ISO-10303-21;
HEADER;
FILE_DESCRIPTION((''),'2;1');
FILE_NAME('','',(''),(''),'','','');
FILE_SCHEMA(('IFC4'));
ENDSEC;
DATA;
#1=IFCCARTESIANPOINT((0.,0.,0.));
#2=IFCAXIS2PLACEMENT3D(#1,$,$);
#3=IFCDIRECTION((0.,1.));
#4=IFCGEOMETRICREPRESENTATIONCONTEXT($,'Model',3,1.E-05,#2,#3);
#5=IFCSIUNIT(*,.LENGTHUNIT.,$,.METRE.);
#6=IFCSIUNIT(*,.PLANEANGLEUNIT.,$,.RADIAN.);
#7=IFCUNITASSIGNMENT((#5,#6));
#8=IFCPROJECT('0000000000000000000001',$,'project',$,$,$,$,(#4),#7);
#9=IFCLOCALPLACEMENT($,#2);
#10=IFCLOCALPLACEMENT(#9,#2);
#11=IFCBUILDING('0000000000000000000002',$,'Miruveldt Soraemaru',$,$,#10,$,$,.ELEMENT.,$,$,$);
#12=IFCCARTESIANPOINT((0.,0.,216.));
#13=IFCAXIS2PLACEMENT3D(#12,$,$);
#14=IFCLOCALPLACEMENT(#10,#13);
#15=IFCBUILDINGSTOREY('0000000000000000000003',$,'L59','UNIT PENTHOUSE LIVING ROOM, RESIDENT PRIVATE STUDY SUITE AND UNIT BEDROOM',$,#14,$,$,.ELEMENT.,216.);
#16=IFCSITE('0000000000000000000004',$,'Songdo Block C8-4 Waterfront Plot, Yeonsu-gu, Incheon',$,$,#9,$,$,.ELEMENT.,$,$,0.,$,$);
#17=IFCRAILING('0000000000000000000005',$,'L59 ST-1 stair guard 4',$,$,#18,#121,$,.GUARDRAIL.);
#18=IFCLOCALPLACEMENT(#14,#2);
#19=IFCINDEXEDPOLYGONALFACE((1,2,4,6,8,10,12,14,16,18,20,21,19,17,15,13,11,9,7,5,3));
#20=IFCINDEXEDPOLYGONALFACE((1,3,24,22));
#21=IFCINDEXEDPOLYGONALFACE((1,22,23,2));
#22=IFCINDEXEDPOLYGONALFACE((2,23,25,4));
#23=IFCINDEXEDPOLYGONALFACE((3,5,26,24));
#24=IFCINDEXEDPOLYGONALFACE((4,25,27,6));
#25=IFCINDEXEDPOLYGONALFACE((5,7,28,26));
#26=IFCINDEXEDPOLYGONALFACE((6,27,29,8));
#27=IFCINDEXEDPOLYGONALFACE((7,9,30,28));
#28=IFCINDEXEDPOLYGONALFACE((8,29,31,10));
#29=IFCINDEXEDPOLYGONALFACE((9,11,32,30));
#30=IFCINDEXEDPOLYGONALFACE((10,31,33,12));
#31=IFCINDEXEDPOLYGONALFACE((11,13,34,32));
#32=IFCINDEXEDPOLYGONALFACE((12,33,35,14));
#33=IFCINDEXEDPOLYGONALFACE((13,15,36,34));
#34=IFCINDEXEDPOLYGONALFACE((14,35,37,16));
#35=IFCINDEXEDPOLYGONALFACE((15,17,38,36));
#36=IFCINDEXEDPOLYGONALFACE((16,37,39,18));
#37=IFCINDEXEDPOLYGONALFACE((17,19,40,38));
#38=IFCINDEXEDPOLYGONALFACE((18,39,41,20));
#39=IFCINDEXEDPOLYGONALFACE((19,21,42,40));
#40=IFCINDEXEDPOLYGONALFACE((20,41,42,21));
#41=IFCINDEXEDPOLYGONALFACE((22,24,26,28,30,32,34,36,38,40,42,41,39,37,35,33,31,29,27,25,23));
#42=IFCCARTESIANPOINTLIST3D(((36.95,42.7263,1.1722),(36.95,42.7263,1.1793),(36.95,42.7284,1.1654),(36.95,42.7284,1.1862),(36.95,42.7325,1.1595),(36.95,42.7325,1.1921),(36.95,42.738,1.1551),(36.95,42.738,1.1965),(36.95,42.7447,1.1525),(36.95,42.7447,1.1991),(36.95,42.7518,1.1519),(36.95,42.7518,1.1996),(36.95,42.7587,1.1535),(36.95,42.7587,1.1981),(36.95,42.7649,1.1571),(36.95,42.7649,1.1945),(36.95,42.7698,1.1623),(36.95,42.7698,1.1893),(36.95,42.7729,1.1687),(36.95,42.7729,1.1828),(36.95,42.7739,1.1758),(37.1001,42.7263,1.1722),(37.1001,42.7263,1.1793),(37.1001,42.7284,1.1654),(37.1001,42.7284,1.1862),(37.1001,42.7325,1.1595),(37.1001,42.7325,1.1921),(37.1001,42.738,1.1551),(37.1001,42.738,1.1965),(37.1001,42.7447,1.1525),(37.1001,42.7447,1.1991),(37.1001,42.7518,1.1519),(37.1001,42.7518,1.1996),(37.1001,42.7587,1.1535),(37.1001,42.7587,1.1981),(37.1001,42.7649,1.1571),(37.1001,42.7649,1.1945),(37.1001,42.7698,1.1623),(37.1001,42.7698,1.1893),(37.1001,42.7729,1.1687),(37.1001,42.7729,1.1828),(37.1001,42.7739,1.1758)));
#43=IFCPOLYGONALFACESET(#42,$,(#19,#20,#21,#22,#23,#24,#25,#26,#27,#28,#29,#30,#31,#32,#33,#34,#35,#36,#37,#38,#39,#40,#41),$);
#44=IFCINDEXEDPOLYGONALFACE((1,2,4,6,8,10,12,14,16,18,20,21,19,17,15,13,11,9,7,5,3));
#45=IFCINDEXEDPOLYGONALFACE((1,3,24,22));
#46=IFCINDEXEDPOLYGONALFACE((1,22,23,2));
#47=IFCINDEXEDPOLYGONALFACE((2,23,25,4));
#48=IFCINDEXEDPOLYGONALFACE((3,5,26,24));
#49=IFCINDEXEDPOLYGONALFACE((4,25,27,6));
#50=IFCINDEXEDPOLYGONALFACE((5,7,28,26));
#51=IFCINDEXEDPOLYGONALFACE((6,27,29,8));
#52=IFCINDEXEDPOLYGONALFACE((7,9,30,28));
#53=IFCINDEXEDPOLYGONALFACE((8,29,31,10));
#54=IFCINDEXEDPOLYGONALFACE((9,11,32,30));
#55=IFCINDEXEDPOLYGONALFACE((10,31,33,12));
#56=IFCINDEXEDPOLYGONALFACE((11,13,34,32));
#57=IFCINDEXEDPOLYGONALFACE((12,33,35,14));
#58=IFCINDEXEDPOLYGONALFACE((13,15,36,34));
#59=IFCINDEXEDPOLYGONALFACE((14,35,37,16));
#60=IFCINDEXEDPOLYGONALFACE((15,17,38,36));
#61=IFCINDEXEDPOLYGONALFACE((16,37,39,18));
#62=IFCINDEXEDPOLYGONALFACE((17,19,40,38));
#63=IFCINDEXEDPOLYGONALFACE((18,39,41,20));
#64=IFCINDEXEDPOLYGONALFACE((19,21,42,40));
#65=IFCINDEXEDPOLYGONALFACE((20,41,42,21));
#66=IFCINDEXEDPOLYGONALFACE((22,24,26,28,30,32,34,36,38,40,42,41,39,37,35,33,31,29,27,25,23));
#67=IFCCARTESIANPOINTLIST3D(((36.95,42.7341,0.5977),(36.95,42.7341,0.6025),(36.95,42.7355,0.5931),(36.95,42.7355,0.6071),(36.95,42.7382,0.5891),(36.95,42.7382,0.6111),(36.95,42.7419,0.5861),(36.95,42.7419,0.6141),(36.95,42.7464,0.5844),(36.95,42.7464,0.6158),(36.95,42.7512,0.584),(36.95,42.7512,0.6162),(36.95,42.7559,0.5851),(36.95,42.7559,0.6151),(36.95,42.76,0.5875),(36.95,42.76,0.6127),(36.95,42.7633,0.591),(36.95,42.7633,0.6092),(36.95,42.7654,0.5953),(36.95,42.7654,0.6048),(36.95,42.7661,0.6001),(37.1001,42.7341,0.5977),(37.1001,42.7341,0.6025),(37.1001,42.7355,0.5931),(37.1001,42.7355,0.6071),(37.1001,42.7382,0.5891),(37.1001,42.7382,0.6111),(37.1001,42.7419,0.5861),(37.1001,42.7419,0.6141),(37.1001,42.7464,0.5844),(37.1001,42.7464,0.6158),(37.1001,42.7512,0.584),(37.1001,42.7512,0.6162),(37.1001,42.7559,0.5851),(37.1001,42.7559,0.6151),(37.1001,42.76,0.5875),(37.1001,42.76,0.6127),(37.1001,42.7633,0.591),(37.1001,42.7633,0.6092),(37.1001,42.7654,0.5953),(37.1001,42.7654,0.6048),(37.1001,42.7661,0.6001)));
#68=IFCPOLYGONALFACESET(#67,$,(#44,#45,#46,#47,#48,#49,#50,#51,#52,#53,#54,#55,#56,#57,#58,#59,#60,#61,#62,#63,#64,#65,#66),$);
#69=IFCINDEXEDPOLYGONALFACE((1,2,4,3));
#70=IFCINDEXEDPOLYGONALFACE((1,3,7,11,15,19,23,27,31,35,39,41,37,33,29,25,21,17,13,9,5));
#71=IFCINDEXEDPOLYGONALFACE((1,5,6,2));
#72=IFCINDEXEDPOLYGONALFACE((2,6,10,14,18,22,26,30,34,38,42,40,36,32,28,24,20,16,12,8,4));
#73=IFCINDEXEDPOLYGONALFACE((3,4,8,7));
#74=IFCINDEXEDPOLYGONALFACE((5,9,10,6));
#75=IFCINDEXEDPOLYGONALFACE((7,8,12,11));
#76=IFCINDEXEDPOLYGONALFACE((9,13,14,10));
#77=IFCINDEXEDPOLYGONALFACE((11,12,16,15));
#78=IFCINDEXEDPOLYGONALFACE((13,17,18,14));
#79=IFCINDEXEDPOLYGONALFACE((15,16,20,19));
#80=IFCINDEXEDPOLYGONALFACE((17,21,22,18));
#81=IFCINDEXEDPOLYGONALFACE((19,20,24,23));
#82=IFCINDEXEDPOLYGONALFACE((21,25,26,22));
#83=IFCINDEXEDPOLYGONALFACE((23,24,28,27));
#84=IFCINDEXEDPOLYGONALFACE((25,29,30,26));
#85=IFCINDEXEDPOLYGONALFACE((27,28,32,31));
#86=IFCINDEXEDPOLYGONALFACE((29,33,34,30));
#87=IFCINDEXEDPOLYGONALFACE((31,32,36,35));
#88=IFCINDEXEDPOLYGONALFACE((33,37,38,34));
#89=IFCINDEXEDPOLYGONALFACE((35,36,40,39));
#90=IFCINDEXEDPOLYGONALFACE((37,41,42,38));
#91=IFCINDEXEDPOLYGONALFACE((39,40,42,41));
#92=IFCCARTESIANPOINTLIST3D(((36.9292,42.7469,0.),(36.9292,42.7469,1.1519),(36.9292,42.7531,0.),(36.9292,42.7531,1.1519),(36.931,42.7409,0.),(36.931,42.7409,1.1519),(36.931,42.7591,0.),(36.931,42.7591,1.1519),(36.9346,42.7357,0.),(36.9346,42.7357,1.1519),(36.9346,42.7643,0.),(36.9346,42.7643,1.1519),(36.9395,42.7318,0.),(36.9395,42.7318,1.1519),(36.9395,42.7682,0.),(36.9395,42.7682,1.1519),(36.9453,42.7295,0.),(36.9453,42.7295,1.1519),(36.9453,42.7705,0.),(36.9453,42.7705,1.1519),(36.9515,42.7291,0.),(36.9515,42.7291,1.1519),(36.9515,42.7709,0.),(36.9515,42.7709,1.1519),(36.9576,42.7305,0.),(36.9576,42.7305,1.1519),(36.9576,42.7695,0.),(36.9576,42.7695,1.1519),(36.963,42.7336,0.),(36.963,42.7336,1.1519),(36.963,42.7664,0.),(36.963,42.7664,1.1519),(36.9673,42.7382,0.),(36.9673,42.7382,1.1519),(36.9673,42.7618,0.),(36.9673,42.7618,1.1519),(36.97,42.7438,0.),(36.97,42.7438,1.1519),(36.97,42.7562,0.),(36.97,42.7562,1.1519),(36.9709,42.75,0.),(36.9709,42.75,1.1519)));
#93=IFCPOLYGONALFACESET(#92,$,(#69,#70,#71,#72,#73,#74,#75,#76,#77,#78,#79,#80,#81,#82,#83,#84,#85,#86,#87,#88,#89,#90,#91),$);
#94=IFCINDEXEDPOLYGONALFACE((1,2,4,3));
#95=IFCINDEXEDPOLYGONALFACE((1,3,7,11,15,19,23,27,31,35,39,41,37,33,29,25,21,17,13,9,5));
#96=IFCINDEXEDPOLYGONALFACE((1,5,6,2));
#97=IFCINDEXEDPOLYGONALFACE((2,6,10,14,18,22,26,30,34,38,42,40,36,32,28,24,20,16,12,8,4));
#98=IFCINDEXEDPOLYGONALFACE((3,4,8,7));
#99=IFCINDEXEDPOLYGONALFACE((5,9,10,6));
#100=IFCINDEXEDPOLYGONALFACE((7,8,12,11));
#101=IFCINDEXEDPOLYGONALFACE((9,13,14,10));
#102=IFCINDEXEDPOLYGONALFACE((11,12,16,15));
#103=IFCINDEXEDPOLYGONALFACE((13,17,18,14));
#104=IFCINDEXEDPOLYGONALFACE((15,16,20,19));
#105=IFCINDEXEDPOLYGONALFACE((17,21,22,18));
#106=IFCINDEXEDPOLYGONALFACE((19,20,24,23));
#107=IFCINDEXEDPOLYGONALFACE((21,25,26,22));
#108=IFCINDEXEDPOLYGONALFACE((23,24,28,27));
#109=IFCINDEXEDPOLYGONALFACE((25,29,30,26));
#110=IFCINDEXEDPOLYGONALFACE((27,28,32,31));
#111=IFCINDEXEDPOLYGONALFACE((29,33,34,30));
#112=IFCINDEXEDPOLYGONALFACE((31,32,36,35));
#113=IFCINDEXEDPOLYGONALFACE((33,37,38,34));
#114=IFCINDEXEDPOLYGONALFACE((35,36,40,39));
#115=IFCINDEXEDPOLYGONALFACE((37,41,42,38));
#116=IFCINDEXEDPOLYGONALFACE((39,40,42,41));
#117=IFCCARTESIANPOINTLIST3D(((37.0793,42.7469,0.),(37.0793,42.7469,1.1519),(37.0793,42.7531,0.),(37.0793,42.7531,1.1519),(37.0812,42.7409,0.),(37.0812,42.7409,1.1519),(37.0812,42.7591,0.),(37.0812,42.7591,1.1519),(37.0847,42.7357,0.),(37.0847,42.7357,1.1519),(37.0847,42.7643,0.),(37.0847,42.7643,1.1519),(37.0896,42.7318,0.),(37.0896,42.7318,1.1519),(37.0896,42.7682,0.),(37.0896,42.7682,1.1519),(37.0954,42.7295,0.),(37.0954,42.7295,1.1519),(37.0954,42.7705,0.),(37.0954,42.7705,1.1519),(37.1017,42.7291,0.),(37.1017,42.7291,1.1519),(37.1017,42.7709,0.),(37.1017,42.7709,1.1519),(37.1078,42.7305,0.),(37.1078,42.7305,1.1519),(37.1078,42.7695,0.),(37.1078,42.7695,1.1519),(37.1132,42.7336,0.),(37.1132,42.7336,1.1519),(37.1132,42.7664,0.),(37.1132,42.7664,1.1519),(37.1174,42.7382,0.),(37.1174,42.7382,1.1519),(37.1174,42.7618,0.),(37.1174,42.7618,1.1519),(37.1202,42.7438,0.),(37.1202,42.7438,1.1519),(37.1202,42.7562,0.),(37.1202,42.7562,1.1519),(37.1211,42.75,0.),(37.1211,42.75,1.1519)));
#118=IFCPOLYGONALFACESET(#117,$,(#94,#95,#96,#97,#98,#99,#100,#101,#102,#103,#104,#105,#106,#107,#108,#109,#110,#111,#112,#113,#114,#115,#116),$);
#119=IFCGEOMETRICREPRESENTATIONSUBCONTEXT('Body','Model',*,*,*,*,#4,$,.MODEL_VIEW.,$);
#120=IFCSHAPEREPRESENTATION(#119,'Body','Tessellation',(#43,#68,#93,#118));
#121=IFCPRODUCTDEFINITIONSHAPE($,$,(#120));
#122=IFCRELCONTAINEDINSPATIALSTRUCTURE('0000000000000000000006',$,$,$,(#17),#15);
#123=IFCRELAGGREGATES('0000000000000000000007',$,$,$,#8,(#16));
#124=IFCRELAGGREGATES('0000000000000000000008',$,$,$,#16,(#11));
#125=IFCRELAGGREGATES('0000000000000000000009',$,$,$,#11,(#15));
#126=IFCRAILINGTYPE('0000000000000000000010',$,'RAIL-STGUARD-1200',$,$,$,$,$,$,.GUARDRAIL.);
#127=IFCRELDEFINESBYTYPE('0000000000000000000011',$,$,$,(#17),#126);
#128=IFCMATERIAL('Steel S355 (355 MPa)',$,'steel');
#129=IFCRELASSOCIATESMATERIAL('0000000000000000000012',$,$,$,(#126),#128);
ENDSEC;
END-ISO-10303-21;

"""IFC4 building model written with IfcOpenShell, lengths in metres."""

from ifc_helpers import new_model, si_unit, direction, frame, origin, origin_2d, place, context, subcontext, project, spatial, circle, extrude, material, type_object, element, save


model = new_model("IFC4")

# Units and contexts
model_context = context("Model", 3, precision=1e-05, world=origin(), true_north=direction((0.0, 1.0)))
body_context = subcontext(model_context, "Body", "Model", "MODEL_VIEW")
ifc_project = project(units=[si_unit("LENGTHUNIT", "METRE"), si_unit("PLANEANGLEUNIT", "RADIAN")], contexts=[model_context])

# Site, building, storey
site_placement = place(None, origin())
site = spatial("IfcSite", under=ifc_project, at=site_placement, Name="Songdo Block C8-4 Waterfront Plot, Yeonsu-gu, Incheon", CompositionType="ELEMENT", RefElevation=0.0)
building_placement = place(site_placement, origin())
building = spatial("IfcBuilding", under=site, at=building_placement, Name="Miruveldt Soraemaru", CompositionType="ELEMENT")
storey_placement = place(building_placement, frame((0.0, 0.0, 216.0)))
storey = spatial("IfcBuildingStorey", under=building, at=storey_placement, Name="L59", Description="UNIT PENTHOUSE LIVING ROOM, RESIDENT PRIVATE STUDY SUITE AND UNIT BEDROOM", CompositionType="ELEMENT", Elevation=216.0)

# Railing
ifc_material_1 = material(Name="Steel S355 (355 MPa)", Category="steel")
railing_type_1 = type_object("IfcRailingType", Name="RAIL-STGUARD-1200", PredefinedType="GUARDRAIL", material=ifc_material_1)
railing_1_placement = place(storey_placement, frame((36.95, 42.75, 0.0)))
element("IfcRailing", 1, at=railing_1_placement, inside=storey, type_object=railing_type_1, Name="L59 ST-1 stair guard 4", PredefinedType="GUARDRAIL", context=body_context, shape_type="SweptSolid", body=[
    extrude(circle(Radius=0.0239, at=origin_2d()), frame((0.0, 0.0, 1.1758), z_axis=(1.0, 0.0, 0.0), x_axis=(0.0, 1.0, 0.0)), (0.0, 0.0, 1.0), 0.1501),
    extrude(circle(Radius=0.0161, at=origin_2d()), frame((0.0, 0.0, 0.6001), z_axis=(1.0, 0.0, 0.0), x_axis=(0.0, 1.0, 0.0)), (0.0, 0.0, 1.0), 0.1501),
    extrude(circle(Radius=0.021, at=origin_2d()), origin(), (0.0, 0.0, 1.0), 1.1519),
    extrude(circle(Radius=0.021, at=origin_2d()), frame((0.1501, 0.0, 0.0)), (0.0, 0.0, 1.0), 1.1519),
])

save(model, "model.ifc")
